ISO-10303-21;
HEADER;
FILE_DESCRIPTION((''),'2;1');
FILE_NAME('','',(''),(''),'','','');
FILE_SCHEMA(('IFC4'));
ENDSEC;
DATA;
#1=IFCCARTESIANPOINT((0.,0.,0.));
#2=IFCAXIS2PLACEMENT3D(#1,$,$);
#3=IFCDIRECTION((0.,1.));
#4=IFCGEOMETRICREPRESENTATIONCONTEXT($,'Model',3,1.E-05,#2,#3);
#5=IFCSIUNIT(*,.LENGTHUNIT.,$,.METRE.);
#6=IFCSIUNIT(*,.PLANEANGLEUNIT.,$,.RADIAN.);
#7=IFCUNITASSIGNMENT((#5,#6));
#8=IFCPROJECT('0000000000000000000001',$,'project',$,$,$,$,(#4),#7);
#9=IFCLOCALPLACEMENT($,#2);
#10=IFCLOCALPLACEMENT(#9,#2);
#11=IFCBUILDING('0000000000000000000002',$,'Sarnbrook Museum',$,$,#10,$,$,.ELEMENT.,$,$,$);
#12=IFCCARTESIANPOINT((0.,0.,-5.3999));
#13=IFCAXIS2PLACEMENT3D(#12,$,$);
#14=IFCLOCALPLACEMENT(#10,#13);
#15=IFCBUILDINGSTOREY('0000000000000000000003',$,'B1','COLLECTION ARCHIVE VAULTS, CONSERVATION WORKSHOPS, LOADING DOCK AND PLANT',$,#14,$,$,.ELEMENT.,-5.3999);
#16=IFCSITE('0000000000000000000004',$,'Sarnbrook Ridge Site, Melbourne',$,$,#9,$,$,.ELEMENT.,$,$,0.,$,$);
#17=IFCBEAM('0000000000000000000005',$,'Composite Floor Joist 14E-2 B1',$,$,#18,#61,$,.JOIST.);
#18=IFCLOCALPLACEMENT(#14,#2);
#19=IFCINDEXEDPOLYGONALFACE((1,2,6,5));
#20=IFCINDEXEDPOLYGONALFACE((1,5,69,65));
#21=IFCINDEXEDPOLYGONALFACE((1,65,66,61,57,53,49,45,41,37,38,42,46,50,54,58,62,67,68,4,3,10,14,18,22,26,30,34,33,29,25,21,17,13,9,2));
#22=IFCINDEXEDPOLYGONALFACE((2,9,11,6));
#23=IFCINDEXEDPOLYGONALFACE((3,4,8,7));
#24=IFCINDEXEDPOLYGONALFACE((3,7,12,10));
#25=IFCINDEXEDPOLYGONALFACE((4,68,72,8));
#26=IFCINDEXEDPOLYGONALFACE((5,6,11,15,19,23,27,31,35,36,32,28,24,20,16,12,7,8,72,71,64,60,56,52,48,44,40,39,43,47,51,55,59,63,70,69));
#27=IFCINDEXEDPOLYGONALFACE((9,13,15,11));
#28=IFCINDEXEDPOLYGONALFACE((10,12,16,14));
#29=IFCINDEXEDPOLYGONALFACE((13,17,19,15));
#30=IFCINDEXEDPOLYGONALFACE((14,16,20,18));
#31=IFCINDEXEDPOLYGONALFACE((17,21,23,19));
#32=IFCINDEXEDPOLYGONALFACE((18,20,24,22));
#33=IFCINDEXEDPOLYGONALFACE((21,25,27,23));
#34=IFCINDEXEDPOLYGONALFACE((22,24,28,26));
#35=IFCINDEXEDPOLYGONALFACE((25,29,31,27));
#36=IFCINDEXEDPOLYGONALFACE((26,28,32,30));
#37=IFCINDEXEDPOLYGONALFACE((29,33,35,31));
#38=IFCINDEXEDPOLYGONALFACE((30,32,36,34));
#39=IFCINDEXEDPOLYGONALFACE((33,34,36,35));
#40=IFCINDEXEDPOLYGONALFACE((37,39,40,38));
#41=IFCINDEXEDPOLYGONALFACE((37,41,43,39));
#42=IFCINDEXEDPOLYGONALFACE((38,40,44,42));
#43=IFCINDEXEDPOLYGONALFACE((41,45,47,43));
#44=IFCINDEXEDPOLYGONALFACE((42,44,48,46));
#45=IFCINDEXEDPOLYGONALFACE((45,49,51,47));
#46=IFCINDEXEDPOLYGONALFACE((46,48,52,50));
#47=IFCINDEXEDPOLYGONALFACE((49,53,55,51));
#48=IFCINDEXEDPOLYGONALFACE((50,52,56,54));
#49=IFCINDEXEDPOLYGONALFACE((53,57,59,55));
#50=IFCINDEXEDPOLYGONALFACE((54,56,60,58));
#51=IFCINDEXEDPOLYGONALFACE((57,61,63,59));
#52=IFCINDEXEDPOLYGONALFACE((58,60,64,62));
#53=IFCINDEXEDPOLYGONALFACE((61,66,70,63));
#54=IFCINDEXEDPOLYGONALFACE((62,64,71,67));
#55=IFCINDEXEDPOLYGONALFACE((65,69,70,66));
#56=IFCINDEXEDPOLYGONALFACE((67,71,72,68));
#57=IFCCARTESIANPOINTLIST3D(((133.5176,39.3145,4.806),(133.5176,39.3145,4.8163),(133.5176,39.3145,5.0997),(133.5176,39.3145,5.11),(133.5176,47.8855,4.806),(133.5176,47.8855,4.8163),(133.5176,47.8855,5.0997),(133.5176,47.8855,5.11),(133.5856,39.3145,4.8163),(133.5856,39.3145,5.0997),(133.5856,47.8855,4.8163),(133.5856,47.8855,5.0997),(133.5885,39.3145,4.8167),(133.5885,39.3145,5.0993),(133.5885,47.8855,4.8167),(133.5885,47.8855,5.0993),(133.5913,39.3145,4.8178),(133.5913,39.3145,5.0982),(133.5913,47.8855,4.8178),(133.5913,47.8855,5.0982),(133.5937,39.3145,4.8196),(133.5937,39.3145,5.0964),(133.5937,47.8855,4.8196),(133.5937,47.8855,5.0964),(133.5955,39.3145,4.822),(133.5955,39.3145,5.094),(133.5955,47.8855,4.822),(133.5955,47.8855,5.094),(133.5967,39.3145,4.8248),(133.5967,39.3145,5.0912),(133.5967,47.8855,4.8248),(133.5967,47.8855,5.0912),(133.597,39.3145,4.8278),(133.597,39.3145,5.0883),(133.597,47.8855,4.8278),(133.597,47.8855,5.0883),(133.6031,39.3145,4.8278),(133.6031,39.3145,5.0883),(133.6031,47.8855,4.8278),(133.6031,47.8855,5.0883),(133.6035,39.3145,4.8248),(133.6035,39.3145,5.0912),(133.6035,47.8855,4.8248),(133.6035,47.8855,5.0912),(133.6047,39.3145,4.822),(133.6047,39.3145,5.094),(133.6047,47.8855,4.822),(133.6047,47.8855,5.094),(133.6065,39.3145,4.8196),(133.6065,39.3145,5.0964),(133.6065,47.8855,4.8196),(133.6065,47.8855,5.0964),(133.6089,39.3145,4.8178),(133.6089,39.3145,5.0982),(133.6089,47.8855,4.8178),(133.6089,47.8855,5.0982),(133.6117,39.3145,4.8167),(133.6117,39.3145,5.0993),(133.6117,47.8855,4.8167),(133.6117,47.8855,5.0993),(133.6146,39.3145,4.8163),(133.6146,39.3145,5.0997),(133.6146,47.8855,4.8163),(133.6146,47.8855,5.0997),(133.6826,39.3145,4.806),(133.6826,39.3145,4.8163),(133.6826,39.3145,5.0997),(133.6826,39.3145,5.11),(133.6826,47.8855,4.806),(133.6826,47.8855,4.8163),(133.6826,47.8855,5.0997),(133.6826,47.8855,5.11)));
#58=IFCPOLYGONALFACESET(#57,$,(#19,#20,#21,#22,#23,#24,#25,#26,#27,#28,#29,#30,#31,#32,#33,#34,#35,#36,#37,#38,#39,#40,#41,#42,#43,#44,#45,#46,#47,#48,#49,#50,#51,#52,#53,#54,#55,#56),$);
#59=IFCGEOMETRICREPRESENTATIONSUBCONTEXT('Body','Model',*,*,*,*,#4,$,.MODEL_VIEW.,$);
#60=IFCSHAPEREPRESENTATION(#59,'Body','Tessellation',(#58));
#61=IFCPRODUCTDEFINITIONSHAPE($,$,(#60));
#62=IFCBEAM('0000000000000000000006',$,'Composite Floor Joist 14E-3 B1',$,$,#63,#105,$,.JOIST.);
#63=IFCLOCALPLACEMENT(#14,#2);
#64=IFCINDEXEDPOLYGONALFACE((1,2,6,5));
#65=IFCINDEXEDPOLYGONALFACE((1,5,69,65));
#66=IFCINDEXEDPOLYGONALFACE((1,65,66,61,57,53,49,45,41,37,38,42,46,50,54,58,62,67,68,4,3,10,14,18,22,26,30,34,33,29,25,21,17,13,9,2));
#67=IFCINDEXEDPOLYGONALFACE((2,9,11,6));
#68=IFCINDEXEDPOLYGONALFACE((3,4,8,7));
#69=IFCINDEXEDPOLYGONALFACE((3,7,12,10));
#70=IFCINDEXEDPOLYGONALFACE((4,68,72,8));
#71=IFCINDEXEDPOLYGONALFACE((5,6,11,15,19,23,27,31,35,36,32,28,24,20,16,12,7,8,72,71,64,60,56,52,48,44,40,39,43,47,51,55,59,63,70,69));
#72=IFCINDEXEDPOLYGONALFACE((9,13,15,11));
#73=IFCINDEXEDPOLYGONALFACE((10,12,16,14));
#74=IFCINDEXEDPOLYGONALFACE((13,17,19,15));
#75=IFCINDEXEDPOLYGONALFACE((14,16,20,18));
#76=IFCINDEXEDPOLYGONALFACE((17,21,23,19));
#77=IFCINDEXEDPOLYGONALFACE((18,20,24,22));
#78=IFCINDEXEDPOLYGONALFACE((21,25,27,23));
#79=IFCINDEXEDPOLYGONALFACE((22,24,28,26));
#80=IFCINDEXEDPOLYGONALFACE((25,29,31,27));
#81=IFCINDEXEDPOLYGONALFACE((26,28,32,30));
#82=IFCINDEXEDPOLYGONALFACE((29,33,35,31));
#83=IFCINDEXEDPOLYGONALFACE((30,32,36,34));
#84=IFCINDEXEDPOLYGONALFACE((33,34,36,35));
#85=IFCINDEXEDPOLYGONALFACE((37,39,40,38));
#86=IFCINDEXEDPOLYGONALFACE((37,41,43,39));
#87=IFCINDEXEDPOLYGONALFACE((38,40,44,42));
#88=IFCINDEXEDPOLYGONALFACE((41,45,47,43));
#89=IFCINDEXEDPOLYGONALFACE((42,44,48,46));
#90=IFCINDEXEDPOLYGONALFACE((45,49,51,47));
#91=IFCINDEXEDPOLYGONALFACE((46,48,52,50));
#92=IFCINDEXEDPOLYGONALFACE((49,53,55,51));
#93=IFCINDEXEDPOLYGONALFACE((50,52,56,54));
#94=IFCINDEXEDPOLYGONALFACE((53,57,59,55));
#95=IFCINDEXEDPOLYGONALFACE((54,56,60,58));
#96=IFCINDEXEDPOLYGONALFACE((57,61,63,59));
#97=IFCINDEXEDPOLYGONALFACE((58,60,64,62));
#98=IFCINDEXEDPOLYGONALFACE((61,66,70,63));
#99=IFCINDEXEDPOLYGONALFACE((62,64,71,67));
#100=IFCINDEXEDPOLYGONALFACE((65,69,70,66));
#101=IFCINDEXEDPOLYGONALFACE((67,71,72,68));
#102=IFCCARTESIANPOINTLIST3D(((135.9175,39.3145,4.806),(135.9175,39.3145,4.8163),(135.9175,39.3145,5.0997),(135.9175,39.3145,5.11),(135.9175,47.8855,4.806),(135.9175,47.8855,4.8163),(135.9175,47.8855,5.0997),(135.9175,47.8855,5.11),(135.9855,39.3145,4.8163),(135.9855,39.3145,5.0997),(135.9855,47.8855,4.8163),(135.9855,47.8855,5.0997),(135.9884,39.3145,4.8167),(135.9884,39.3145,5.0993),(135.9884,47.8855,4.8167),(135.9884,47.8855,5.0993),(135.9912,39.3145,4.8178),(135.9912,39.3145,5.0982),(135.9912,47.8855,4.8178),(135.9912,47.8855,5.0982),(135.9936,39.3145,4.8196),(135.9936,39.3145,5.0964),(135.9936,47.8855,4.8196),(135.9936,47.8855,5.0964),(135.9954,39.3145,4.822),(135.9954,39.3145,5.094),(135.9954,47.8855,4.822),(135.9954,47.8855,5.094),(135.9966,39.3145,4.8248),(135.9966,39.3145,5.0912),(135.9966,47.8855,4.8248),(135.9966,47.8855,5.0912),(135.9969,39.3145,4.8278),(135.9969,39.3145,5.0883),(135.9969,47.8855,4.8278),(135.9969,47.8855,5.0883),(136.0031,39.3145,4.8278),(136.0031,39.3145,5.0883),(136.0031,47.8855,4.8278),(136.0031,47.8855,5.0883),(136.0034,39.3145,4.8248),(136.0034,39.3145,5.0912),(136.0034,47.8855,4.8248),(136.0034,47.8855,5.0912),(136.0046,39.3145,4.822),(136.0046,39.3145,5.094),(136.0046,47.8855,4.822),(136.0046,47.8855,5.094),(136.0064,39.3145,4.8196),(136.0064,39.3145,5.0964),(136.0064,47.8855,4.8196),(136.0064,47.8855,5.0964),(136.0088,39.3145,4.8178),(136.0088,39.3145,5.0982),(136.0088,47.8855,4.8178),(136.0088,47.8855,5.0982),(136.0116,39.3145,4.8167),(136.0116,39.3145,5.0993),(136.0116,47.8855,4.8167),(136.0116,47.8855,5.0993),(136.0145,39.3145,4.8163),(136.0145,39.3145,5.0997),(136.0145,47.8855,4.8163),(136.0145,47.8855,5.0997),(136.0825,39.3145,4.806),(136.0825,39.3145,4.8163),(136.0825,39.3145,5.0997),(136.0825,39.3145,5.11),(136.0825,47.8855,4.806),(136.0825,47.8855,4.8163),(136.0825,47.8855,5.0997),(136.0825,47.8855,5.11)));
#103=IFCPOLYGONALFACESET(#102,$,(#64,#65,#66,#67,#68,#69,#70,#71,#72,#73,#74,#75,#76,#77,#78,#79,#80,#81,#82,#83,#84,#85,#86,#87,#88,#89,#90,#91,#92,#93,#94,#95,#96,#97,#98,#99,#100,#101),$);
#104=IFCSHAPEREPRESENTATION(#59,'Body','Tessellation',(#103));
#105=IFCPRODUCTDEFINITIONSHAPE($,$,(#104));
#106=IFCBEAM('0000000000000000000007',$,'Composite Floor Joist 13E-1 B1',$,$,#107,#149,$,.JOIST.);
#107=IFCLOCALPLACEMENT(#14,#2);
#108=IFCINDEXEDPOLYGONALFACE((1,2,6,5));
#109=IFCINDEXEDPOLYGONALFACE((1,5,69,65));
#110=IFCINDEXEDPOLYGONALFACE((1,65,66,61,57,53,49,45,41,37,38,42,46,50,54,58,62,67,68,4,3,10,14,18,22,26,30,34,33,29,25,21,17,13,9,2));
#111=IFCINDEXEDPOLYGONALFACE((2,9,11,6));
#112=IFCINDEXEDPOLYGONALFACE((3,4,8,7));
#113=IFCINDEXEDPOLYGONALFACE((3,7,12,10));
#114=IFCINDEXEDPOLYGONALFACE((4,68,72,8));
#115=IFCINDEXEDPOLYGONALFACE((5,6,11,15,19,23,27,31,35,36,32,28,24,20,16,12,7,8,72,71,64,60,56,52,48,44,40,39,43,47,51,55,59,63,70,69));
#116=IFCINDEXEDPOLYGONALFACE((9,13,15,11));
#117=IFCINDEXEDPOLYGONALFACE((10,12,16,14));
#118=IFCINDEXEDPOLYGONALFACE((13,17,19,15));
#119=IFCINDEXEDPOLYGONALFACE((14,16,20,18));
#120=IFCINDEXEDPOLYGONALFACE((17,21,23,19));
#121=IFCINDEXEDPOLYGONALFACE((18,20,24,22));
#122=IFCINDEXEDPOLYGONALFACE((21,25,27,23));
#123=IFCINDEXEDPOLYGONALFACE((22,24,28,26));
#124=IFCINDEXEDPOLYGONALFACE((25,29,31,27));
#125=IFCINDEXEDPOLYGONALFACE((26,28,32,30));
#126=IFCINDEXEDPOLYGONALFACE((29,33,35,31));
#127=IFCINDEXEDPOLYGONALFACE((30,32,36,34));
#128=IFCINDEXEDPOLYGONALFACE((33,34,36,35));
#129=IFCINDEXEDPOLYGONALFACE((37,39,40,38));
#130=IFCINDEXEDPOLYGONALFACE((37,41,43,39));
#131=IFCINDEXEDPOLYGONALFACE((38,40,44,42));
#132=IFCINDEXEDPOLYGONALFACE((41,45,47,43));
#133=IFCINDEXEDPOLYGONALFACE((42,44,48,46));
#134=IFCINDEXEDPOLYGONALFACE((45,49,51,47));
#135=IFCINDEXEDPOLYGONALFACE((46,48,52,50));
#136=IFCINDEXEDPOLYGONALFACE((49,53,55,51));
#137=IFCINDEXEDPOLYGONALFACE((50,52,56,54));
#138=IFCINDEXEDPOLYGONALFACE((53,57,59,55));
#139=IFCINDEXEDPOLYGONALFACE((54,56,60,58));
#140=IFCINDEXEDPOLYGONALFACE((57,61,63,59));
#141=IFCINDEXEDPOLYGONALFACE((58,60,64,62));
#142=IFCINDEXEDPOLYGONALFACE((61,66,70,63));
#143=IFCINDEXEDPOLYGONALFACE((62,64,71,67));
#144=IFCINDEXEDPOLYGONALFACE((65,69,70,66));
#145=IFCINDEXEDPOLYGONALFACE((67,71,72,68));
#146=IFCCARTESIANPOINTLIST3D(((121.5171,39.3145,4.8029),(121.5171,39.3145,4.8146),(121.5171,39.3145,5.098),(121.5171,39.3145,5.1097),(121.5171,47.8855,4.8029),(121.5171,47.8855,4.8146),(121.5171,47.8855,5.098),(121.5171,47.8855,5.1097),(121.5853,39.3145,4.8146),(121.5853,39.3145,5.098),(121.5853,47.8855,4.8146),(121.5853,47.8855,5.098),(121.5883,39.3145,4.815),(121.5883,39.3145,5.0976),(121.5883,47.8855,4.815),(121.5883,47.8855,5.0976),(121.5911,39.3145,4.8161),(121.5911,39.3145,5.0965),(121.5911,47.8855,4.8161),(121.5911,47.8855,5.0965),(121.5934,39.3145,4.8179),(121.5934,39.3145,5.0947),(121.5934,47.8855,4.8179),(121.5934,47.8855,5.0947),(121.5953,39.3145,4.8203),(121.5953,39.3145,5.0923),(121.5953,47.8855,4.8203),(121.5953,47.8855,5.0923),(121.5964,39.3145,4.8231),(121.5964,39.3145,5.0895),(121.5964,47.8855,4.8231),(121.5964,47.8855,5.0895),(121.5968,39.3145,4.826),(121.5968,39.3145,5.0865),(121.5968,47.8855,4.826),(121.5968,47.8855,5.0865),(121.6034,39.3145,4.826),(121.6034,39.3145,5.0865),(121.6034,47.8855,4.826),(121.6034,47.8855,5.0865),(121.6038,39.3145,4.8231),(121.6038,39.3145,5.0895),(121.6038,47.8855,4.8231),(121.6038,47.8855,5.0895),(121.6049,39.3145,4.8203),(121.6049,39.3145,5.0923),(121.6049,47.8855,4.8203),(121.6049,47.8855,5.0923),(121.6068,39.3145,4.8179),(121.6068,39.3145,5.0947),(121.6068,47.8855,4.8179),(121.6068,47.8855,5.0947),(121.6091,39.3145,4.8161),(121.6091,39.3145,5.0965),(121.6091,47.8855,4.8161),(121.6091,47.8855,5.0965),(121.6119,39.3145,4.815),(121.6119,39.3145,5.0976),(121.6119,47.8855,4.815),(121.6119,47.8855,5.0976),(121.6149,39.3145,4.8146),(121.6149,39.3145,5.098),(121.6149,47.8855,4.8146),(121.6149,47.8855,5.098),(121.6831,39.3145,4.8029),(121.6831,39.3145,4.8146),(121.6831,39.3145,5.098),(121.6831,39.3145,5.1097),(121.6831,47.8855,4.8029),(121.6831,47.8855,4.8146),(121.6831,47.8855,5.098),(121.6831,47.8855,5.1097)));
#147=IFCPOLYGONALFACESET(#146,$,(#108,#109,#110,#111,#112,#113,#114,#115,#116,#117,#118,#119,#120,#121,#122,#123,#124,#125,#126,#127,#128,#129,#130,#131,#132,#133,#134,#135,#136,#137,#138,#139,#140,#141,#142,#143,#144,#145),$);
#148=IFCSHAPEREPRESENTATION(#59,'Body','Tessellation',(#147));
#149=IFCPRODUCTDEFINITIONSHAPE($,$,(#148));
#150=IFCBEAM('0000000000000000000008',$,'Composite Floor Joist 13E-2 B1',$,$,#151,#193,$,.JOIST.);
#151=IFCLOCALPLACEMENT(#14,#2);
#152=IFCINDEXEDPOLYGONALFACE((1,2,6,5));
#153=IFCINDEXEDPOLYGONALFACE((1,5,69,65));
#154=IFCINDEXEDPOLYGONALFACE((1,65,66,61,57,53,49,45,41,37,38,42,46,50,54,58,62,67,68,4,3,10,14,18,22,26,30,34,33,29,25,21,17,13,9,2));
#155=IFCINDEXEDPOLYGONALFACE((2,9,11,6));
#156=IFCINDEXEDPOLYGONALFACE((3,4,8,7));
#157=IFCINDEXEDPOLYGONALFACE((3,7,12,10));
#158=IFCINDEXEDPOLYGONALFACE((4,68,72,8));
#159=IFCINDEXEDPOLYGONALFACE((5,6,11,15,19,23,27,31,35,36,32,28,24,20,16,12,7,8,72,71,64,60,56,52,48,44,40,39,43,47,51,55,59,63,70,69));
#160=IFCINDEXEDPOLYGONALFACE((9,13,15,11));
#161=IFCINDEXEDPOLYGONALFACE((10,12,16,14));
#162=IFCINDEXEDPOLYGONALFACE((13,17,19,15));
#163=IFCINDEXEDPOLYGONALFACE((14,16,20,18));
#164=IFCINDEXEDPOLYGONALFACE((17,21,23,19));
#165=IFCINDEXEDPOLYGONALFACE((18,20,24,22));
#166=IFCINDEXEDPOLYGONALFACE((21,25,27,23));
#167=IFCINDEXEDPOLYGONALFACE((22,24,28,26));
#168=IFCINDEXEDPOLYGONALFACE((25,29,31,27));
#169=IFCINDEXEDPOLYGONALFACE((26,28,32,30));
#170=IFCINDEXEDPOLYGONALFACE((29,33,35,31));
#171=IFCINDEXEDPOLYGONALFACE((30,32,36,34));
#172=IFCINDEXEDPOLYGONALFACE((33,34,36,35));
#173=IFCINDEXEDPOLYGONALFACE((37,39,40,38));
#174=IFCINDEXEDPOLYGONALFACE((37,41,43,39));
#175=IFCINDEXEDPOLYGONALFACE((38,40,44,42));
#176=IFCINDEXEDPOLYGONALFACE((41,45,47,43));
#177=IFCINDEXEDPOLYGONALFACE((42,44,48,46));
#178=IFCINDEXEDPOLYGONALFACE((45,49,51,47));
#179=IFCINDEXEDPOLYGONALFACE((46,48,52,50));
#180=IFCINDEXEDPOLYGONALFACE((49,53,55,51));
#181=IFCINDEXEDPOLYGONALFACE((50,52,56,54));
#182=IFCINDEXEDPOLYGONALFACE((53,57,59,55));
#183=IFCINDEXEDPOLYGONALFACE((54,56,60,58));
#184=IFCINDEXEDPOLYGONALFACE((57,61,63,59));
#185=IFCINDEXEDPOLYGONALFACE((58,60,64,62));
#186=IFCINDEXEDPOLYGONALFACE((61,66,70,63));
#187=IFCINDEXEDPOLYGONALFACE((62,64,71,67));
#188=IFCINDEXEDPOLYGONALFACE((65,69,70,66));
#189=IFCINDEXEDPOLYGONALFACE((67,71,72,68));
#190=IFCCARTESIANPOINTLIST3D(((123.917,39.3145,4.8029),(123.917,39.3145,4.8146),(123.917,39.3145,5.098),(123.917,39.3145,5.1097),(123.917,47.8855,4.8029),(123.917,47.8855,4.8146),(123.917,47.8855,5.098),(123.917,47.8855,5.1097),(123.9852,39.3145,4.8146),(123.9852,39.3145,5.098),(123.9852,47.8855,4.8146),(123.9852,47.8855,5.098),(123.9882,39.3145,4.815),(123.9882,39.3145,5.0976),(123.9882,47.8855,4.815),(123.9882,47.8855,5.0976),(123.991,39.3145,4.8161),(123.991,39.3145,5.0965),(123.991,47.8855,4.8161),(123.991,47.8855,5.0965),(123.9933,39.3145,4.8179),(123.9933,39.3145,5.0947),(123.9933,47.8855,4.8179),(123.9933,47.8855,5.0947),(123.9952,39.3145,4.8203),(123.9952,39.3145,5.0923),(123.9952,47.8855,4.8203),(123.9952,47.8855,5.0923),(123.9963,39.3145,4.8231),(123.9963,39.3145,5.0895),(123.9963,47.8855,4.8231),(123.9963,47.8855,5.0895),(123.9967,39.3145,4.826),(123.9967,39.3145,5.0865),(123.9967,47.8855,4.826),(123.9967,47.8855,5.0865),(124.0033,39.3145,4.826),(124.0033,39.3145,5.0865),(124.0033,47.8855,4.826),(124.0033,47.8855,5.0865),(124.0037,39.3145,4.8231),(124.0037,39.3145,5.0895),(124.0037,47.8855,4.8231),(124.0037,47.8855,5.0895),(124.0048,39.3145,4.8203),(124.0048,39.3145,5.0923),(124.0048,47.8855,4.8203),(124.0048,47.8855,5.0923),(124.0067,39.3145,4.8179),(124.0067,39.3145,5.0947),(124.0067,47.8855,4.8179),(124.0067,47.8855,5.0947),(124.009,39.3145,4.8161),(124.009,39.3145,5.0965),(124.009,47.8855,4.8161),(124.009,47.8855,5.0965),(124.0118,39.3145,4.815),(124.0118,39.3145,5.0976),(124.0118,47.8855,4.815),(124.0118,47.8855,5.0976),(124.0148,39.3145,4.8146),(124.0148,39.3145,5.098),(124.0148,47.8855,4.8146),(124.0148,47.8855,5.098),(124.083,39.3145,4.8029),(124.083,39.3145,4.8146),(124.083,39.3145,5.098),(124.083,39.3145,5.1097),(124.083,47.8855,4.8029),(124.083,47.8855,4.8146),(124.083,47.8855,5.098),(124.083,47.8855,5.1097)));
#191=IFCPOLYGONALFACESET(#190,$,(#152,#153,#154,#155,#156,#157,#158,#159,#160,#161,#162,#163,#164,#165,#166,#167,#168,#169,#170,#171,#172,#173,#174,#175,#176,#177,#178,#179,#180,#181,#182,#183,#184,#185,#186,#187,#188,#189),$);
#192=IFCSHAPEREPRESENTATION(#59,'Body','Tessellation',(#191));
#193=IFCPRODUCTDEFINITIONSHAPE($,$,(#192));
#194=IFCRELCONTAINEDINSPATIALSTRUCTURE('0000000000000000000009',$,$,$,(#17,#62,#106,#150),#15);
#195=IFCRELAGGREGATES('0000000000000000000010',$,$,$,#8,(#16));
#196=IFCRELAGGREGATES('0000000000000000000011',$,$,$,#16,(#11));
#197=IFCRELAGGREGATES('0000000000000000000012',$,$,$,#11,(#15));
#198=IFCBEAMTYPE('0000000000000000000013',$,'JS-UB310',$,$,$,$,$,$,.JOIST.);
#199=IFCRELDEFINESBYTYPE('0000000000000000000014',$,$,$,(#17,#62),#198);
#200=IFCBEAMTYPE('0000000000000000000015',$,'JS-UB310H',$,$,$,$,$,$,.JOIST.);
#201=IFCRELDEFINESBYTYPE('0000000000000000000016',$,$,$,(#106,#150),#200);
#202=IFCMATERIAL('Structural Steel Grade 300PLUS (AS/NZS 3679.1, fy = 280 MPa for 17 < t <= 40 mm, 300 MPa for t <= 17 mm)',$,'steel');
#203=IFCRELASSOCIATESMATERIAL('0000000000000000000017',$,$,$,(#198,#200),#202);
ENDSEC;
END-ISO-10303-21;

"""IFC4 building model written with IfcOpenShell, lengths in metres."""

from ifc_helpers import new_model, si_unit, direction, frame, origin, origin_2d, place, context, subcontext, project, spatial, i_section, extrude, material, material_profile, profile_set, type_object, element, save


model = new_model("IFC4")

# Units and contexts
model_context = context("Model", 3, precision=1e-05, world=origin(), true_north=direction((0.0, 1.0)))
body_context = subcontext(model_context, "Body", "Model", "MODEL_VIEW")
ifc_project = project(units=[si_unit("LENGTHUNIT", "METRE"), si_unit("PLANEANGLEUNIT", "RADIAN")], contexts=[model_context])

# Site, building, storey
site_placement = place(None, origin())
site = spatial("IfcSite", under=ifc_project, at=site_placement, Name="Sarnbrook Ridge Site, Melbourne", CompositionType="ELEMENT", RefElevation=0.0)
building_placement = place(site_placement, origin())
building = spatial("IfcBuilding", under=site, at=building_placement, Name="Sarnbrook Museum", CompositionType="ELEMENT")
storey_placement = place(building_placement, frame((0.0, 0.0, -5.3999)))
storey = spatial("IfcBuildingStorey", under=building, at=storey_placement, Name="B1", Description="COLLECTION ARCHIVE VAULTS, CONSERVATION WORKSHOPS, LOADING DOCK AND PLANT", CompositionType="ELEMENT", Elevation=-5.3999)

# Beams
ifc_material_1 = material(Name="Structural Steel Grade 300PLUS (AS/NZS 3679.1, fy = 280 MPa for 17 < t <= 40 mm, 300 MPa for t <= 17 mm)", Category="steel")
ifc_material_profile_1 = material_profile(ifc_material_1, i_section(OverallWidth=0.165, OverallDepth=0.304, WebThickness=0.0061, FlangeThickness=0.0103, FilletRadius=0.0115, at=origin_2d()), Name="310UB40.4")
ifc_profile_set_1 = profile_set([ifc_material_profile_1], Name="Structural Steel Grade 300PLUS (AS/NZS 3679.1, fy = 280 MPa for 17 < t <= 40 mm, 300 MPa for t <= 17 mm)")
beam_type_1 = type_object("IfcBeamType", Name="JS-UB310", PredefinedType="JOIST", material=ifc_profile_set_1)
for number, where, z_axis, x_axis, name in (
    (1, (133.6001, 39.3145, 4.958), (0.0, 1.0, 0.0), (-1.0, 0.0, 0.0), "Composite Floor Joist 14E-2 B1"),
    (2, (136.0, 39.3145, 4.958), (0.0, 1.0, 0.0), (-1.0, 0.0, 0.0), "Composite Floor Joist 14E-3 B1"),
):
    element("IfcBeam", number, at=place(storey_placement, frame(where, z_axis=z_axis, x_axis=x_axis)), inside=storey, type_object=beam_type_1, Name=name, PredefinedType="JOIST", context=body_context, shape_type="SweptSolid", body=[
        extrude(i_section(OverallWidth=0.165, OverallDepth=0.304, WebThickness=0.0061, FlangeThickness=0.0103, FilletRadius=0.0115, at=origin_2d()), origin(), (0.0, 0.0, 1.0), 8.571),
    ])
ifc_material_profile_2 = material_profile(ifc_material_1, i_section(OverallWidth=0.166, OverallDepth=0.3069, WebThickness=0.0066, FlangeThickness=0.0117, FilletRadius=0.0115, at=origin_2d()), Name="310UB46.2")
ifc_profile_set_2 = profile_set([ifc_material_profile_2], Name="Structural Steel Grade 300PLUS (AS/NZS 3679.1, fy = 280 MPa for 17 < t <= 40 mm, 300 MPa for t <= 17 mm)")
beam_type_2 = type_object("IfcBeamType", Name="JS-UB310H", PredefinedType="JOIST", material=ifc_profile_set_2)
for number, where, z_axis, x_axis, name in (
    (3, (121.6001, 39.3145, 4.9563), (0.0, 1.0, 0.0), (-1.0, 0.0, 0.0), "Composite Floor Joist 13E-1 B1"),
    (4, (124.0, 39.3145, 4.9563), (0.0, 1.0, 0.0), (-1.0, 0.0, 0.0), "Composite Floor Joist 13E-2 B1"),
):
    element("IfcBeam", number, at=place(storey_placement, frame(where, z_axis=z_axis, x_axis=x_axis)), inside=storey, type_object=beam_type_2, Name=name, PredefinedType="JOIST", context=body_context, shape_type="SweptSolid", body=[
        extrude(i_section(OverallWidth=0.166, OverallDepth=0.3069, WebThickness=0.0066, FlangeThickness=0.0117, FilletRadius=0.0115, at=origin_2d()), origin(), (0.0, 0.0, 1.0), 8.571),
    ])

save(model, "model.ifc")
